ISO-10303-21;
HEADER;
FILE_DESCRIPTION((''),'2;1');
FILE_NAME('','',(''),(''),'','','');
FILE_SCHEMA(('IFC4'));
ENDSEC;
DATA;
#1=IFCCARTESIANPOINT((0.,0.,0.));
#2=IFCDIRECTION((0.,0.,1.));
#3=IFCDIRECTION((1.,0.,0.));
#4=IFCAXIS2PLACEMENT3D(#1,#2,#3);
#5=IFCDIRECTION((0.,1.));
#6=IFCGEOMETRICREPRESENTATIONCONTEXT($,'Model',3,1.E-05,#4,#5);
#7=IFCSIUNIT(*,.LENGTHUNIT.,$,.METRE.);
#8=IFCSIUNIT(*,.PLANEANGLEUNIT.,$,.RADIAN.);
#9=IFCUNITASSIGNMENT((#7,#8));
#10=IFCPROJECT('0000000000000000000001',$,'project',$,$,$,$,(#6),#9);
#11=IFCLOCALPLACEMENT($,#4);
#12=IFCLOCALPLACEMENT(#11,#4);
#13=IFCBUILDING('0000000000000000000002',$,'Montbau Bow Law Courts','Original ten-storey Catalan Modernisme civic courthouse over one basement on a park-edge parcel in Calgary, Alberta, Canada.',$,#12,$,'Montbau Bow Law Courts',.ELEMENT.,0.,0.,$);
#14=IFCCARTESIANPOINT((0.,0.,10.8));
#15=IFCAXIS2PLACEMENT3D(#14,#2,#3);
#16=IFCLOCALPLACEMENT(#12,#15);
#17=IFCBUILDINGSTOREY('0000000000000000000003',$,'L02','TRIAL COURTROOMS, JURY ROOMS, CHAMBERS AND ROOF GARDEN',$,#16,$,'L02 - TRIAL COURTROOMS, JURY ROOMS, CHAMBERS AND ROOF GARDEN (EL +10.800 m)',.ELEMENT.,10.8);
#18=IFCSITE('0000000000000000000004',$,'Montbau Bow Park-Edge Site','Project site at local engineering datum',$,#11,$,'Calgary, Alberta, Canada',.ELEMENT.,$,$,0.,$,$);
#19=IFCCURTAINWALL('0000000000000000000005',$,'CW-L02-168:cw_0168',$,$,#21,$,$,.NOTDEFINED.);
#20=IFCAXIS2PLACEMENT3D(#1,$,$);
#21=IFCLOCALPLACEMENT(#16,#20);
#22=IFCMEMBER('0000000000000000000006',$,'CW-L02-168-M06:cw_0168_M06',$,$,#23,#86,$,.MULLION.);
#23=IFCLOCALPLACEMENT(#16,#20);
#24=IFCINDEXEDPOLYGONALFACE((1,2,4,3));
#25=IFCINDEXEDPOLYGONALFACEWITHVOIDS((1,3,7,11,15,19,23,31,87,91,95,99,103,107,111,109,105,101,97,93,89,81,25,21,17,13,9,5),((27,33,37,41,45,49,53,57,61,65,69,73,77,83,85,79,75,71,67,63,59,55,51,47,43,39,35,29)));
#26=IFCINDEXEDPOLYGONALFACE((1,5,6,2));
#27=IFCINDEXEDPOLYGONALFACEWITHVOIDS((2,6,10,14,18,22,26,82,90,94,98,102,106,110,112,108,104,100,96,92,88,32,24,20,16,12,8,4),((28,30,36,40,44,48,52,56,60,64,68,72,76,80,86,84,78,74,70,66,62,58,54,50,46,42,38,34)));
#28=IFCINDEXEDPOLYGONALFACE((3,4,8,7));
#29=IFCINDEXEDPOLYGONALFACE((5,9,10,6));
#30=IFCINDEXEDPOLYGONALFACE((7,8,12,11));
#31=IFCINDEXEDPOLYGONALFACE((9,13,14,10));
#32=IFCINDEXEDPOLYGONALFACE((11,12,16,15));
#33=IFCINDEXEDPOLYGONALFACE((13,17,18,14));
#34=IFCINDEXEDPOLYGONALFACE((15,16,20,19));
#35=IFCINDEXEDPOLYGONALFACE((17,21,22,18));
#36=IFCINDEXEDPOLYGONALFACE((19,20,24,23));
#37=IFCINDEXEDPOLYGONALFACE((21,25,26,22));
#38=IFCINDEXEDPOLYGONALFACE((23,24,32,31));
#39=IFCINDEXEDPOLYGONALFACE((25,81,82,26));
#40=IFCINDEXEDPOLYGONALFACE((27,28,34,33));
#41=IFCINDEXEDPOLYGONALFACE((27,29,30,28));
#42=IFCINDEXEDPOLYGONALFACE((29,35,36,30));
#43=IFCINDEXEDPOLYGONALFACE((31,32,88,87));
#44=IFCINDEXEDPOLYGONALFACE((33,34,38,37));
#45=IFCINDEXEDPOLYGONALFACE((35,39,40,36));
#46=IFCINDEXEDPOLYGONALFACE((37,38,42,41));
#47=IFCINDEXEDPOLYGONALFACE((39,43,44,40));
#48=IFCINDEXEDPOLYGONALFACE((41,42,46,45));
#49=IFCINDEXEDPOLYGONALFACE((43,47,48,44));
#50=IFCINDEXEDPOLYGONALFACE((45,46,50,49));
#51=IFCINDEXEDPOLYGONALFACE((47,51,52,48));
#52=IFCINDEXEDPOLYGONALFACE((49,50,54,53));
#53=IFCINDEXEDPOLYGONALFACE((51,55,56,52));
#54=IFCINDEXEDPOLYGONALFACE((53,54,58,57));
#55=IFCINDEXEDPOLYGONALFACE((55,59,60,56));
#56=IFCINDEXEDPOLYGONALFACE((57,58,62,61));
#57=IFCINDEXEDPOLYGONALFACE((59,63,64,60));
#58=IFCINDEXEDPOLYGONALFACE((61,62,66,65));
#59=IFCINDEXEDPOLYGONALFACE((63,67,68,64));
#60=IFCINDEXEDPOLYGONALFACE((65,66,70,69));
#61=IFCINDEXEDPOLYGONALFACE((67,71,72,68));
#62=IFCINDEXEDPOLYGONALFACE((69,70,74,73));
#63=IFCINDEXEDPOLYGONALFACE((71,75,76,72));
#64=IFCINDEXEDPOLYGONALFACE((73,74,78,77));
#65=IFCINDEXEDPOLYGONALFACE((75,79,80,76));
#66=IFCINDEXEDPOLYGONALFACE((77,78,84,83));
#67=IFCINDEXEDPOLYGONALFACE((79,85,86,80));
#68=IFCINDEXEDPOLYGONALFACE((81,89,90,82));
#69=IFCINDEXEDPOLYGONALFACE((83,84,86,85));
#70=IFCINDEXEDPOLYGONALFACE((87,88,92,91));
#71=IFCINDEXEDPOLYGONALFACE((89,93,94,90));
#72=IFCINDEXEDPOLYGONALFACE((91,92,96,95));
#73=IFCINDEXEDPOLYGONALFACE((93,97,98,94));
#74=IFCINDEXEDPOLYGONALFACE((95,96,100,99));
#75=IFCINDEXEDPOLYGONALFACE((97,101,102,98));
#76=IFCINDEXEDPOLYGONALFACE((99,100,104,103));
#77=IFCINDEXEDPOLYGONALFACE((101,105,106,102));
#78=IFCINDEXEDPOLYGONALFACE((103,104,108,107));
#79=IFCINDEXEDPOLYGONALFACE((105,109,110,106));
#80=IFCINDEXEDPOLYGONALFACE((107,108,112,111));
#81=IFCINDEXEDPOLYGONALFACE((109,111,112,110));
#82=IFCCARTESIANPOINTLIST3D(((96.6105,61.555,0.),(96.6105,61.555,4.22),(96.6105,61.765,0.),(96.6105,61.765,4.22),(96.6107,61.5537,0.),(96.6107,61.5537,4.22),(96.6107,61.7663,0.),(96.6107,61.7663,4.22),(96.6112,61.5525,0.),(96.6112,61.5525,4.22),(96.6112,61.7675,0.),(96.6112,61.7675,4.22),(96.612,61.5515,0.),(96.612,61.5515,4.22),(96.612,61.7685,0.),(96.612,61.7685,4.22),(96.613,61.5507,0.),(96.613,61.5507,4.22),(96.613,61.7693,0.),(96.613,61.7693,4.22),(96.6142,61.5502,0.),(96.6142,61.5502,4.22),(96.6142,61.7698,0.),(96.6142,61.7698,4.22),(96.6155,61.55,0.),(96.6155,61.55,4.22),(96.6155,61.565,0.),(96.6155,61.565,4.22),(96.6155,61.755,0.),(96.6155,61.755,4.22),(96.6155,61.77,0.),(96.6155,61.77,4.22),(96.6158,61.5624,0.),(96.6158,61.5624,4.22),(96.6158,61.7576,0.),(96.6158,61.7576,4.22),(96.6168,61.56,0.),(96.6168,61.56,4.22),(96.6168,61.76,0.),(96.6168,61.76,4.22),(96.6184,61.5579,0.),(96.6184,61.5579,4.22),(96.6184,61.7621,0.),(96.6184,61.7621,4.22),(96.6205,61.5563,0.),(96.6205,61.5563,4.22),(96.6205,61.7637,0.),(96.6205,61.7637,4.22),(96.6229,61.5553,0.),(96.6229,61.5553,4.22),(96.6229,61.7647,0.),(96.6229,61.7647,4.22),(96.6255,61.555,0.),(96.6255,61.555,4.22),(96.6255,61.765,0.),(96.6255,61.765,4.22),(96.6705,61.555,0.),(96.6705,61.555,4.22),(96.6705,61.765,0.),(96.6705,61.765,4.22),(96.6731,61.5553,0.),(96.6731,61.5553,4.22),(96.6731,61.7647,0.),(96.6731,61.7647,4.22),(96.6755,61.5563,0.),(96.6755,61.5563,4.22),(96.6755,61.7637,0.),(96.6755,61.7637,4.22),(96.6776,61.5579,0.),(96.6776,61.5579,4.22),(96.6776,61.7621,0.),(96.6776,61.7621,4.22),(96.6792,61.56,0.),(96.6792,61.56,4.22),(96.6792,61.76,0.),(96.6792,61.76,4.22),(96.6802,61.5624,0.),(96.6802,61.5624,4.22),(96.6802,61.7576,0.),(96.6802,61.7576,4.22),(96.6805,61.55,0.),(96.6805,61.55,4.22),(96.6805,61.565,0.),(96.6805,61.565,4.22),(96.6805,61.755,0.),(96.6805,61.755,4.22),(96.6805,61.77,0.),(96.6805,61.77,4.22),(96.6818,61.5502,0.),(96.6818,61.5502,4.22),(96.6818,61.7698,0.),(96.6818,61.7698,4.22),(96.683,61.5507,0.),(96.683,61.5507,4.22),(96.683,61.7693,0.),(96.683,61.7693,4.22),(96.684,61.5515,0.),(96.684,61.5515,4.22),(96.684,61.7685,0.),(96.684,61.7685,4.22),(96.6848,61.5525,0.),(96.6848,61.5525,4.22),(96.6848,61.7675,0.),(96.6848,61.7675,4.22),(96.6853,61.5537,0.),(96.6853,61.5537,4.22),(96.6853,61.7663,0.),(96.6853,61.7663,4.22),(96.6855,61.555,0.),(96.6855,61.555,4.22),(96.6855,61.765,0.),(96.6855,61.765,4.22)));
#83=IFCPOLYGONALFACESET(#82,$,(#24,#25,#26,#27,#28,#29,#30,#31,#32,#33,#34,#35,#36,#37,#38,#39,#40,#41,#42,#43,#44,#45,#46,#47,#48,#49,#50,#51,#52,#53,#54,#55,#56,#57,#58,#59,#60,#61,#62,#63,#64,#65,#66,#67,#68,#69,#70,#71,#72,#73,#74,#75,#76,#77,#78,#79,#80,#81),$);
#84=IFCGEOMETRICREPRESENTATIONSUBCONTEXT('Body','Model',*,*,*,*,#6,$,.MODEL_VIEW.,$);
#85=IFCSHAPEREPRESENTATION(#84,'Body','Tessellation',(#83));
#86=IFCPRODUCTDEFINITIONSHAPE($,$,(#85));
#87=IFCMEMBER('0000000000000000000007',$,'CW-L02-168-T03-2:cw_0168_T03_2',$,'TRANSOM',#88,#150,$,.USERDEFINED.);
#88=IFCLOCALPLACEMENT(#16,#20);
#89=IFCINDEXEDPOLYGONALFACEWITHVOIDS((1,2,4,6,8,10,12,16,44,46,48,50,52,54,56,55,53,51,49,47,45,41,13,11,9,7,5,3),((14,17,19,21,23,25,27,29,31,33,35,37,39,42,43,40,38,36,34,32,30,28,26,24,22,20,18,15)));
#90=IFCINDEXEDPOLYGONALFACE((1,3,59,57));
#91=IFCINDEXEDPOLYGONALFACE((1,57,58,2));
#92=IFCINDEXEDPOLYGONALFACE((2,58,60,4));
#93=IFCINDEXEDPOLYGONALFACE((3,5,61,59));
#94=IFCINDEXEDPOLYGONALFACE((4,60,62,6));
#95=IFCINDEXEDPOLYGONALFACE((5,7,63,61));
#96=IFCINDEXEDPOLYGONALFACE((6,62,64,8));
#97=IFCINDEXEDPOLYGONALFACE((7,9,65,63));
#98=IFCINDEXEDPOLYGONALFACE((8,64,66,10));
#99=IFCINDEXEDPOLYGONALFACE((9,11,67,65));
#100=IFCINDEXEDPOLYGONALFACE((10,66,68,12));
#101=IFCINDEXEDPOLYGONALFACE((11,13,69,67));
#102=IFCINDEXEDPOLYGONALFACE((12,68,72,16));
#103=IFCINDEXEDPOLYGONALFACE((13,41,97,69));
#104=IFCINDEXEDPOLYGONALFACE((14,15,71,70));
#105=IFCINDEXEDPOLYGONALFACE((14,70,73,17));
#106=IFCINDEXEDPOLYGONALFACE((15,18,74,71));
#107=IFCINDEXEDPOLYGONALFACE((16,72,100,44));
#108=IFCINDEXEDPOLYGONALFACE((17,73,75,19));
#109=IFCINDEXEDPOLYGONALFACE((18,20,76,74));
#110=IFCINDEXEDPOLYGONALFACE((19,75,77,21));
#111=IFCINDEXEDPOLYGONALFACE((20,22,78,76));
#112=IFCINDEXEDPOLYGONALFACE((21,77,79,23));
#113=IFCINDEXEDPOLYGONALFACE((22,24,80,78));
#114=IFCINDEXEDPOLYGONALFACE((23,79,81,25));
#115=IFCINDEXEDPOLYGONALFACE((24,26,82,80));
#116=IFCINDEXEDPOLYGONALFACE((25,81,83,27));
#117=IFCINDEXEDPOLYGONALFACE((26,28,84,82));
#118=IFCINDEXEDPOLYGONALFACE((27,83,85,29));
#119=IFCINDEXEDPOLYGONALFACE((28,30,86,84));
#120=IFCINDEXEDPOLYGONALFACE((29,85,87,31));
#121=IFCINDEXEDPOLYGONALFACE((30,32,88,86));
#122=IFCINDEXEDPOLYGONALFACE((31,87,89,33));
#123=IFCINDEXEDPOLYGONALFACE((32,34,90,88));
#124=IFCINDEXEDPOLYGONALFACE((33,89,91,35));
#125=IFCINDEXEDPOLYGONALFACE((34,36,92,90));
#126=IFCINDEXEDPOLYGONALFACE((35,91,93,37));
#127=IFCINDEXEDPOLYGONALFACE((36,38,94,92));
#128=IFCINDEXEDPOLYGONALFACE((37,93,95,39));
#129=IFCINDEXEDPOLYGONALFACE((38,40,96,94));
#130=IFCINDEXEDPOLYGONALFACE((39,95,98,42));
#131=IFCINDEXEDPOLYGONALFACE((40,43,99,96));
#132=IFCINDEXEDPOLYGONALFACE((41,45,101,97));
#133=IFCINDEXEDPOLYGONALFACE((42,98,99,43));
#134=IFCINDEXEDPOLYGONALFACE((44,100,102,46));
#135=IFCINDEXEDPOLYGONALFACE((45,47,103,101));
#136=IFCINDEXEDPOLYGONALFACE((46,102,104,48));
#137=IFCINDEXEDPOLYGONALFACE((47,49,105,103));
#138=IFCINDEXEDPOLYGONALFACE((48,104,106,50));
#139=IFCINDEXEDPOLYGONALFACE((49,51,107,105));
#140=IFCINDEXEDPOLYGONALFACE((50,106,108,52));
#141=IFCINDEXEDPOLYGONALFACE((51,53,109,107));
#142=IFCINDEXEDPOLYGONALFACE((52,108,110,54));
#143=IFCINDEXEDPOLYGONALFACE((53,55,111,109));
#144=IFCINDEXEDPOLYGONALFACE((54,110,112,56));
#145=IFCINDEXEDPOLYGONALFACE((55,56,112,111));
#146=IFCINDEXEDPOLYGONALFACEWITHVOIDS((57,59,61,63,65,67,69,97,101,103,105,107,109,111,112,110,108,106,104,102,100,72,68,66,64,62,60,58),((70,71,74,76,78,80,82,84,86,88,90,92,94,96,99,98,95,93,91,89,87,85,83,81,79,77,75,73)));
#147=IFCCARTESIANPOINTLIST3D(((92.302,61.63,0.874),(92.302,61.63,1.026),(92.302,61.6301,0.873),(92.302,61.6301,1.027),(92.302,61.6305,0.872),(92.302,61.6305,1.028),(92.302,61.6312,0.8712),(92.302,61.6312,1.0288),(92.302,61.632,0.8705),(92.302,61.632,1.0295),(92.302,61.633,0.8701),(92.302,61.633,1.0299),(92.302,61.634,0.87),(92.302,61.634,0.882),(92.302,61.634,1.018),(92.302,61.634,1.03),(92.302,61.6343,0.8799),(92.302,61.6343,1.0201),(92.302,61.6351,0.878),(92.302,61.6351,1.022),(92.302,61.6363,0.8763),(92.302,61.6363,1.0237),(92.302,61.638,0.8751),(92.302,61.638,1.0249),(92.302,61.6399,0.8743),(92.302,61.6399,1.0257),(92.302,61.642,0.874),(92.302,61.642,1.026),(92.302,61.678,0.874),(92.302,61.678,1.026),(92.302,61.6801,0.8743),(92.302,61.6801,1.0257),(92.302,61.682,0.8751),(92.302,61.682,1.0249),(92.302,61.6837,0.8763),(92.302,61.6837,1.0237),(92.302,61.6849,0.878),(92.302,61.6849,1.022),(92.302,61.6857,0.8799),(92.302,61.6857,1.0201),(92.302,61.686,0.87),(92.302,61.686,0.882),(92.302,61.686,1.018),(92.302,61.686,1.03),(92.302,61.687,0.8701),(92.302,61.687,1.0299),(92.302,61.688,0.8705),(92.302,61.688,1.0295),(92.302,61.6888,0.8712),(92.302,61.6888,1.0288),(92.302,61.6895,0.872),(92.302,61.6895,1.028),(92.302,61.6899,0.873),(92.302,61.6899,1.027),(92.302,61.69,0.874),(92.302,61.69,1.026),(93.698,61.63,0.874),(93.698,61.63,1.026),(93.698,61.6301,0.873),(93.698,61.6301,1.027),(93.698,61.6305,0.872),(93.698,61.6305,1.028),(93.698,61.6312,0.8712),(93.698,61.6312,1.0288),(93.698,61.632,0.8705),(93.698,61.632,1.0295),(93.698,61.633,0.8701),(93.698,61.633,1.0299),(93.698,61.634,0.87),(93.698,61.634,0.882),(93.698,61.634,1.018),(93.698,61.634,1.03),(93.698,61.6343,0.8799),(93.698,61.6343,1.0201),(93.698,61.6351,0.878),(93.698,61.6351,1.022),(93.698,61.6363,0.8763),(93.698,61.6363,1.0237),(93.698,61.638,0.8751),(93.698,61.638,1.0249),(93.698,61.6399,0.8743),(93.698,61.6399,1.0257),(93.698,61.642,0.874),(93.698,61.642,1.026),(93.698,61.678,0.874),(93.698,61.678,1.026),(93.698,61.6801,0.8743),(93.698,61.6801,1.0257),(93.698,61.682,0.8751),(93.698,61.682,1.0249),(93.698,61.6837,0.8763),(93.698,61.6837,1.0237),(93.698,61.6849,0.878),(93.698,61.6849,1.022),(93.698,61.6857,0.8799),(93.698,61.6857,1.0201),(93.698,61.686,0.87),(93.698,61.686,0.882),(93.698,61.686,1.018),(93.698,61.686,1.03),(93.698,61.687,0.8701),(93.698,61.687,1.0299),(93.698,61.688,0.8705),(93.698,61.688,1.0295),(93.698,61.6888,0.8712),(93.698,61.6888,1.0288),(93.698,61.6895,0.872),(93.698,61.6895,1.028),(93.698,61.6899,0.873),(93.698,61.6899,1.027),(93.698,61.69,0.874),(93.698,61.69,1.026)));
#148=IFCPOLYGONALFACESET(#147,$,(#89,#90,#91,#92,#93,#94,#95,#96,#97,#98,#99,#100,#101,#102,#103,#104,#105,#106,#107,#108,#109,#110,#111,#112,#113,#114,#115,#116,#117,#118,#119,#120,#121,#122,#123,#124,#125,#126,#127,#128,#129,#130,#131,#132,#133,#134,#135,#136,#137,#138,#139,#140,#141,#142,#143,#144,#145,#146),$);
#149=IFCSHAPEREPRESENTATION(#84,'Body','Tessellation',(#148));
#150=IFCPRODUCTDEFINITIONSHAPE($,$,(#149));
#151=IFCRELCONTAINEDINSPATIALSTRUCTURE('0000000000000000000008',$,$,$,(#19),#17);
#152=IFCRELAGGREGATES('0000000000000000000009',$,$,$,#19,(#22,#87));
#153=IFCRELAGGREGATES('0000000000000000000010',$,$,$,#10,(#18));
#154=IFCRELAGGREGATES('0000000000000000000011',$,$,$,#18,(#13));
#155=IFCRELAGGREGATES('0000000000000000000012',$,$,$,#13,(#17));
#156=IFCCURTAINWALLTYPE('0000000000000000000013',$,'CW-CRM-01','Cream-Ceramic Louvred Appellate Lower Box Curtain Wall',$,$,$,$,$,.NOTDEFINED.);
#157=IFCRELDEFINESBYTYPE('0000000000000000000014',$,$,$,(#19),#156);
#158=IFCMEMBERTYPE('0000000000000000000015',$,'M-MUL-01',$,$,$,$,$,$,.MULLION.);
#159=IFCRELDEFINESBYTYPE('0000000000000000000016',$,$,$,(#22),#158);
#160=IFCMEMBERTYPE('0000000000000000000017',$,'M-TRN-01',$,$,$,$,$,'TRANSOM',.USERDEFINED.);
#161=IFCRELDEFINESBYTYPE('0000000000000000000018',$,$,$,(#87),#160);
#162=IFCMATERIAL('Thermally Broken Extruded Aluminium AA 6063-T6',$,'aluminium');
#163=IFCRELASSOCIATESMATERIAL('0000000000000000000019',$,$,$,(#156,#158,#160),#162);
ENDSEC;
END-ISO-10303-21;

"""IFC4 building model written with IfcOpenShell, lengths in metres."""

from ifc_helpers import new_model, si_unit, direction, frame, origin_with_axes, origin_2d_with_axis, place, context, subcontext, project, spatial, hollow_rectangle, extrude, material, material_profile, profile_set, type_object, element, aggregate, save


model = new_model("IFC4")

# Units and contexts
model_context = context("Model", 3, precision=1e-05, world=origin_with_axes(), true_north=direction((0.0, 1.0)))
body_context = subcontext(model_context, "Body", "Model", "MODEL_VIEW")
ifc_project = project(units=[si_unit("LENGTHUNIT", "METRE"), si_unit("PLANEANGLEUNIT", "RADIAN")], contexts=[model_context])

# Site, building, storey
site_placement = place(None, origin_with_axes())
site = spatial("IfcSite", under=ifc_project, at=site_placement, Name="Montbau Bow Park-Edge Site", Description="Project site at local engineering datum", LongName="Calgary, Alberta, Canada", CompositionType="ELEMENT", RefElevation=0.0)
building_placement = place(site_placement, origin_with_axes())
building = spatial("IfcBuilding", under=site, at=building_placement, Name="Montbau Bow Law Courts", Description="Original ten-storey Catalan Modernisme civic courthouse over one basement on a park-edge parcel in Calgary, Alberta, Canada.", LongName="Montbau Bow Law Courts", CompositionType="ELEMENT", ElevationOfRefHeight=0.0, ElevationOfTerrain=0.0)
storey_placement = place(building_placement, frame((0.0, 0.0, 10.8), z_axis=(0.0, 0.0, 1.0), x_axis=(1.0, 0.0, 0.0)))
storey = spatial("IfcBuildingStorey", under=building, at=storey_placement, Name="L02", Description="TRIAL COURTROOMS, JURY ROOMS, CHAMBERS AND ROOF GARDEN", LongName="L02 - TRIAL COURTROOMS, JURY ROOMS, CHAMBERS AND ROOF GARDEN (EL +10.800 m)", CompositionType="ELEMENT", Elevation=10.8)

# Curtain wall, members
ifc_material_1 = material(Name="Thermally Broken Extruded Aluminium AA 6063-T6", Category="aluminium")
curtain_wall_type = type_object("IfcCurtainWallType", Name="CW-CRM-01", Description="Cream-Ceramic Louvred Appellate Lower Box Curtain Wall", PredefinedType="NOTDEFINED", material=ifc_material_1)
curtain_wall_placement = place(None, frame((89.315, 61.66, 10.8), z_axis=(0.0, 0.0, 1.0), x_axis=(1.0, 0.0, 0.0)))
curtain_wall = element("IfcCurtainWall", 1, at=curtain_wall_placement, inside=storey, type_object=curtain_wall_type, Name="CW-L02-168:cw_0168", PredefinedType="NOTDEFINED")
ifc_material_profile_1 = material_profile(ifc_material_1, hollow_rectangle(XDim=0.075, YDim=0.22, WallThickness=0.005, InnerFilletRadius=0.01, OuterFilletRadius=0.005, at=origin_2d_with_axis()), Name="CWM-220X75", Category="Main", Priority=0)
ifc_profile_set_1 = profile_set([ifc_material_profile_1], Name="Thermally Broken Extruded Aluminium AA 6063-T6")
member_type_1 = type_object("IfcMemberType", Name="M-MUL-01", PredefinedType="MULLION", material=ifc_profile_set_1)
member_1_placement = place(None, frame((96.648, 61.66, 10.8), z_axis=(0.0, 0.0, 1.0), x_axis=(1.0, 0.0, 0.0)))
member_1 = element("IfcMember", 2, at=member_1_placement, type_object=member_type_1, Name="CW-L02-168-M06:cw_0168_M06", PredefinedType="MULLION", context=body_context, shape_type="SweptSolid", body=[
    extrude(hollow_rectangle(XDim=0.075, YDim=0.22, WallThickness=0.005, InnerFilletRadius=0.01, OuterFilletRadius=0.005, at=origin_2d_with_axis()), origin_with_axes(), (0.0, 0.0, 1.0), 4.22),
])
ifc_material_profile_2 = material_profile(ifc_material_1, hollow_rectangle(XDim=0.06, YDim=0.16, WallThickness=0.004, InnerFilletRadius=0.008, OuterFilletRadius=0.004, at=origin_2d_with_axis()), Name="CWT-160X60", Category="Main", Priority=0)
ifc_profile_set_2 = profile_set([ifc_material_profile_2], Name="Thermally Broken Extruded Aluminium AA 6063-T6")
member_type_2 = type_object("IfcMemberType", Name="M-TRN-01", ElementType="TRANSOM", PredefinedType="USERDEFINED", material=ifc_profile_set_2)
member_2_placement = place(None, frame((92.302, 61.66, 11.75), z_axis=(1.0, 0.0, 0.0), x_axis=(0.0, 1.0, 0.0)))
member_2 = element("IfcMember", 3, at=member_2_placement, type_object=member_type_2, Name="CW-L02-168-T03-2:cw_0168_T03_2", ObjectType="TRANSOM", PredefinedType="USERDEFINED", context=body_context, shape_type="SweptSolid", body=[
    extrude(hollow_rectangle(XDim=0.06, YDim=0.16, WallThickness=0.004, InnerFilletRadius=0.008, OuterFilletRadius=0.004, at=origin_2d_with_axis()), origin_with_axes(), (0.0, 0.0, 1.0), 1.396),
])
aggregate(curtain_wall, [member_1, member_2])

save(model, "model.ifc")
